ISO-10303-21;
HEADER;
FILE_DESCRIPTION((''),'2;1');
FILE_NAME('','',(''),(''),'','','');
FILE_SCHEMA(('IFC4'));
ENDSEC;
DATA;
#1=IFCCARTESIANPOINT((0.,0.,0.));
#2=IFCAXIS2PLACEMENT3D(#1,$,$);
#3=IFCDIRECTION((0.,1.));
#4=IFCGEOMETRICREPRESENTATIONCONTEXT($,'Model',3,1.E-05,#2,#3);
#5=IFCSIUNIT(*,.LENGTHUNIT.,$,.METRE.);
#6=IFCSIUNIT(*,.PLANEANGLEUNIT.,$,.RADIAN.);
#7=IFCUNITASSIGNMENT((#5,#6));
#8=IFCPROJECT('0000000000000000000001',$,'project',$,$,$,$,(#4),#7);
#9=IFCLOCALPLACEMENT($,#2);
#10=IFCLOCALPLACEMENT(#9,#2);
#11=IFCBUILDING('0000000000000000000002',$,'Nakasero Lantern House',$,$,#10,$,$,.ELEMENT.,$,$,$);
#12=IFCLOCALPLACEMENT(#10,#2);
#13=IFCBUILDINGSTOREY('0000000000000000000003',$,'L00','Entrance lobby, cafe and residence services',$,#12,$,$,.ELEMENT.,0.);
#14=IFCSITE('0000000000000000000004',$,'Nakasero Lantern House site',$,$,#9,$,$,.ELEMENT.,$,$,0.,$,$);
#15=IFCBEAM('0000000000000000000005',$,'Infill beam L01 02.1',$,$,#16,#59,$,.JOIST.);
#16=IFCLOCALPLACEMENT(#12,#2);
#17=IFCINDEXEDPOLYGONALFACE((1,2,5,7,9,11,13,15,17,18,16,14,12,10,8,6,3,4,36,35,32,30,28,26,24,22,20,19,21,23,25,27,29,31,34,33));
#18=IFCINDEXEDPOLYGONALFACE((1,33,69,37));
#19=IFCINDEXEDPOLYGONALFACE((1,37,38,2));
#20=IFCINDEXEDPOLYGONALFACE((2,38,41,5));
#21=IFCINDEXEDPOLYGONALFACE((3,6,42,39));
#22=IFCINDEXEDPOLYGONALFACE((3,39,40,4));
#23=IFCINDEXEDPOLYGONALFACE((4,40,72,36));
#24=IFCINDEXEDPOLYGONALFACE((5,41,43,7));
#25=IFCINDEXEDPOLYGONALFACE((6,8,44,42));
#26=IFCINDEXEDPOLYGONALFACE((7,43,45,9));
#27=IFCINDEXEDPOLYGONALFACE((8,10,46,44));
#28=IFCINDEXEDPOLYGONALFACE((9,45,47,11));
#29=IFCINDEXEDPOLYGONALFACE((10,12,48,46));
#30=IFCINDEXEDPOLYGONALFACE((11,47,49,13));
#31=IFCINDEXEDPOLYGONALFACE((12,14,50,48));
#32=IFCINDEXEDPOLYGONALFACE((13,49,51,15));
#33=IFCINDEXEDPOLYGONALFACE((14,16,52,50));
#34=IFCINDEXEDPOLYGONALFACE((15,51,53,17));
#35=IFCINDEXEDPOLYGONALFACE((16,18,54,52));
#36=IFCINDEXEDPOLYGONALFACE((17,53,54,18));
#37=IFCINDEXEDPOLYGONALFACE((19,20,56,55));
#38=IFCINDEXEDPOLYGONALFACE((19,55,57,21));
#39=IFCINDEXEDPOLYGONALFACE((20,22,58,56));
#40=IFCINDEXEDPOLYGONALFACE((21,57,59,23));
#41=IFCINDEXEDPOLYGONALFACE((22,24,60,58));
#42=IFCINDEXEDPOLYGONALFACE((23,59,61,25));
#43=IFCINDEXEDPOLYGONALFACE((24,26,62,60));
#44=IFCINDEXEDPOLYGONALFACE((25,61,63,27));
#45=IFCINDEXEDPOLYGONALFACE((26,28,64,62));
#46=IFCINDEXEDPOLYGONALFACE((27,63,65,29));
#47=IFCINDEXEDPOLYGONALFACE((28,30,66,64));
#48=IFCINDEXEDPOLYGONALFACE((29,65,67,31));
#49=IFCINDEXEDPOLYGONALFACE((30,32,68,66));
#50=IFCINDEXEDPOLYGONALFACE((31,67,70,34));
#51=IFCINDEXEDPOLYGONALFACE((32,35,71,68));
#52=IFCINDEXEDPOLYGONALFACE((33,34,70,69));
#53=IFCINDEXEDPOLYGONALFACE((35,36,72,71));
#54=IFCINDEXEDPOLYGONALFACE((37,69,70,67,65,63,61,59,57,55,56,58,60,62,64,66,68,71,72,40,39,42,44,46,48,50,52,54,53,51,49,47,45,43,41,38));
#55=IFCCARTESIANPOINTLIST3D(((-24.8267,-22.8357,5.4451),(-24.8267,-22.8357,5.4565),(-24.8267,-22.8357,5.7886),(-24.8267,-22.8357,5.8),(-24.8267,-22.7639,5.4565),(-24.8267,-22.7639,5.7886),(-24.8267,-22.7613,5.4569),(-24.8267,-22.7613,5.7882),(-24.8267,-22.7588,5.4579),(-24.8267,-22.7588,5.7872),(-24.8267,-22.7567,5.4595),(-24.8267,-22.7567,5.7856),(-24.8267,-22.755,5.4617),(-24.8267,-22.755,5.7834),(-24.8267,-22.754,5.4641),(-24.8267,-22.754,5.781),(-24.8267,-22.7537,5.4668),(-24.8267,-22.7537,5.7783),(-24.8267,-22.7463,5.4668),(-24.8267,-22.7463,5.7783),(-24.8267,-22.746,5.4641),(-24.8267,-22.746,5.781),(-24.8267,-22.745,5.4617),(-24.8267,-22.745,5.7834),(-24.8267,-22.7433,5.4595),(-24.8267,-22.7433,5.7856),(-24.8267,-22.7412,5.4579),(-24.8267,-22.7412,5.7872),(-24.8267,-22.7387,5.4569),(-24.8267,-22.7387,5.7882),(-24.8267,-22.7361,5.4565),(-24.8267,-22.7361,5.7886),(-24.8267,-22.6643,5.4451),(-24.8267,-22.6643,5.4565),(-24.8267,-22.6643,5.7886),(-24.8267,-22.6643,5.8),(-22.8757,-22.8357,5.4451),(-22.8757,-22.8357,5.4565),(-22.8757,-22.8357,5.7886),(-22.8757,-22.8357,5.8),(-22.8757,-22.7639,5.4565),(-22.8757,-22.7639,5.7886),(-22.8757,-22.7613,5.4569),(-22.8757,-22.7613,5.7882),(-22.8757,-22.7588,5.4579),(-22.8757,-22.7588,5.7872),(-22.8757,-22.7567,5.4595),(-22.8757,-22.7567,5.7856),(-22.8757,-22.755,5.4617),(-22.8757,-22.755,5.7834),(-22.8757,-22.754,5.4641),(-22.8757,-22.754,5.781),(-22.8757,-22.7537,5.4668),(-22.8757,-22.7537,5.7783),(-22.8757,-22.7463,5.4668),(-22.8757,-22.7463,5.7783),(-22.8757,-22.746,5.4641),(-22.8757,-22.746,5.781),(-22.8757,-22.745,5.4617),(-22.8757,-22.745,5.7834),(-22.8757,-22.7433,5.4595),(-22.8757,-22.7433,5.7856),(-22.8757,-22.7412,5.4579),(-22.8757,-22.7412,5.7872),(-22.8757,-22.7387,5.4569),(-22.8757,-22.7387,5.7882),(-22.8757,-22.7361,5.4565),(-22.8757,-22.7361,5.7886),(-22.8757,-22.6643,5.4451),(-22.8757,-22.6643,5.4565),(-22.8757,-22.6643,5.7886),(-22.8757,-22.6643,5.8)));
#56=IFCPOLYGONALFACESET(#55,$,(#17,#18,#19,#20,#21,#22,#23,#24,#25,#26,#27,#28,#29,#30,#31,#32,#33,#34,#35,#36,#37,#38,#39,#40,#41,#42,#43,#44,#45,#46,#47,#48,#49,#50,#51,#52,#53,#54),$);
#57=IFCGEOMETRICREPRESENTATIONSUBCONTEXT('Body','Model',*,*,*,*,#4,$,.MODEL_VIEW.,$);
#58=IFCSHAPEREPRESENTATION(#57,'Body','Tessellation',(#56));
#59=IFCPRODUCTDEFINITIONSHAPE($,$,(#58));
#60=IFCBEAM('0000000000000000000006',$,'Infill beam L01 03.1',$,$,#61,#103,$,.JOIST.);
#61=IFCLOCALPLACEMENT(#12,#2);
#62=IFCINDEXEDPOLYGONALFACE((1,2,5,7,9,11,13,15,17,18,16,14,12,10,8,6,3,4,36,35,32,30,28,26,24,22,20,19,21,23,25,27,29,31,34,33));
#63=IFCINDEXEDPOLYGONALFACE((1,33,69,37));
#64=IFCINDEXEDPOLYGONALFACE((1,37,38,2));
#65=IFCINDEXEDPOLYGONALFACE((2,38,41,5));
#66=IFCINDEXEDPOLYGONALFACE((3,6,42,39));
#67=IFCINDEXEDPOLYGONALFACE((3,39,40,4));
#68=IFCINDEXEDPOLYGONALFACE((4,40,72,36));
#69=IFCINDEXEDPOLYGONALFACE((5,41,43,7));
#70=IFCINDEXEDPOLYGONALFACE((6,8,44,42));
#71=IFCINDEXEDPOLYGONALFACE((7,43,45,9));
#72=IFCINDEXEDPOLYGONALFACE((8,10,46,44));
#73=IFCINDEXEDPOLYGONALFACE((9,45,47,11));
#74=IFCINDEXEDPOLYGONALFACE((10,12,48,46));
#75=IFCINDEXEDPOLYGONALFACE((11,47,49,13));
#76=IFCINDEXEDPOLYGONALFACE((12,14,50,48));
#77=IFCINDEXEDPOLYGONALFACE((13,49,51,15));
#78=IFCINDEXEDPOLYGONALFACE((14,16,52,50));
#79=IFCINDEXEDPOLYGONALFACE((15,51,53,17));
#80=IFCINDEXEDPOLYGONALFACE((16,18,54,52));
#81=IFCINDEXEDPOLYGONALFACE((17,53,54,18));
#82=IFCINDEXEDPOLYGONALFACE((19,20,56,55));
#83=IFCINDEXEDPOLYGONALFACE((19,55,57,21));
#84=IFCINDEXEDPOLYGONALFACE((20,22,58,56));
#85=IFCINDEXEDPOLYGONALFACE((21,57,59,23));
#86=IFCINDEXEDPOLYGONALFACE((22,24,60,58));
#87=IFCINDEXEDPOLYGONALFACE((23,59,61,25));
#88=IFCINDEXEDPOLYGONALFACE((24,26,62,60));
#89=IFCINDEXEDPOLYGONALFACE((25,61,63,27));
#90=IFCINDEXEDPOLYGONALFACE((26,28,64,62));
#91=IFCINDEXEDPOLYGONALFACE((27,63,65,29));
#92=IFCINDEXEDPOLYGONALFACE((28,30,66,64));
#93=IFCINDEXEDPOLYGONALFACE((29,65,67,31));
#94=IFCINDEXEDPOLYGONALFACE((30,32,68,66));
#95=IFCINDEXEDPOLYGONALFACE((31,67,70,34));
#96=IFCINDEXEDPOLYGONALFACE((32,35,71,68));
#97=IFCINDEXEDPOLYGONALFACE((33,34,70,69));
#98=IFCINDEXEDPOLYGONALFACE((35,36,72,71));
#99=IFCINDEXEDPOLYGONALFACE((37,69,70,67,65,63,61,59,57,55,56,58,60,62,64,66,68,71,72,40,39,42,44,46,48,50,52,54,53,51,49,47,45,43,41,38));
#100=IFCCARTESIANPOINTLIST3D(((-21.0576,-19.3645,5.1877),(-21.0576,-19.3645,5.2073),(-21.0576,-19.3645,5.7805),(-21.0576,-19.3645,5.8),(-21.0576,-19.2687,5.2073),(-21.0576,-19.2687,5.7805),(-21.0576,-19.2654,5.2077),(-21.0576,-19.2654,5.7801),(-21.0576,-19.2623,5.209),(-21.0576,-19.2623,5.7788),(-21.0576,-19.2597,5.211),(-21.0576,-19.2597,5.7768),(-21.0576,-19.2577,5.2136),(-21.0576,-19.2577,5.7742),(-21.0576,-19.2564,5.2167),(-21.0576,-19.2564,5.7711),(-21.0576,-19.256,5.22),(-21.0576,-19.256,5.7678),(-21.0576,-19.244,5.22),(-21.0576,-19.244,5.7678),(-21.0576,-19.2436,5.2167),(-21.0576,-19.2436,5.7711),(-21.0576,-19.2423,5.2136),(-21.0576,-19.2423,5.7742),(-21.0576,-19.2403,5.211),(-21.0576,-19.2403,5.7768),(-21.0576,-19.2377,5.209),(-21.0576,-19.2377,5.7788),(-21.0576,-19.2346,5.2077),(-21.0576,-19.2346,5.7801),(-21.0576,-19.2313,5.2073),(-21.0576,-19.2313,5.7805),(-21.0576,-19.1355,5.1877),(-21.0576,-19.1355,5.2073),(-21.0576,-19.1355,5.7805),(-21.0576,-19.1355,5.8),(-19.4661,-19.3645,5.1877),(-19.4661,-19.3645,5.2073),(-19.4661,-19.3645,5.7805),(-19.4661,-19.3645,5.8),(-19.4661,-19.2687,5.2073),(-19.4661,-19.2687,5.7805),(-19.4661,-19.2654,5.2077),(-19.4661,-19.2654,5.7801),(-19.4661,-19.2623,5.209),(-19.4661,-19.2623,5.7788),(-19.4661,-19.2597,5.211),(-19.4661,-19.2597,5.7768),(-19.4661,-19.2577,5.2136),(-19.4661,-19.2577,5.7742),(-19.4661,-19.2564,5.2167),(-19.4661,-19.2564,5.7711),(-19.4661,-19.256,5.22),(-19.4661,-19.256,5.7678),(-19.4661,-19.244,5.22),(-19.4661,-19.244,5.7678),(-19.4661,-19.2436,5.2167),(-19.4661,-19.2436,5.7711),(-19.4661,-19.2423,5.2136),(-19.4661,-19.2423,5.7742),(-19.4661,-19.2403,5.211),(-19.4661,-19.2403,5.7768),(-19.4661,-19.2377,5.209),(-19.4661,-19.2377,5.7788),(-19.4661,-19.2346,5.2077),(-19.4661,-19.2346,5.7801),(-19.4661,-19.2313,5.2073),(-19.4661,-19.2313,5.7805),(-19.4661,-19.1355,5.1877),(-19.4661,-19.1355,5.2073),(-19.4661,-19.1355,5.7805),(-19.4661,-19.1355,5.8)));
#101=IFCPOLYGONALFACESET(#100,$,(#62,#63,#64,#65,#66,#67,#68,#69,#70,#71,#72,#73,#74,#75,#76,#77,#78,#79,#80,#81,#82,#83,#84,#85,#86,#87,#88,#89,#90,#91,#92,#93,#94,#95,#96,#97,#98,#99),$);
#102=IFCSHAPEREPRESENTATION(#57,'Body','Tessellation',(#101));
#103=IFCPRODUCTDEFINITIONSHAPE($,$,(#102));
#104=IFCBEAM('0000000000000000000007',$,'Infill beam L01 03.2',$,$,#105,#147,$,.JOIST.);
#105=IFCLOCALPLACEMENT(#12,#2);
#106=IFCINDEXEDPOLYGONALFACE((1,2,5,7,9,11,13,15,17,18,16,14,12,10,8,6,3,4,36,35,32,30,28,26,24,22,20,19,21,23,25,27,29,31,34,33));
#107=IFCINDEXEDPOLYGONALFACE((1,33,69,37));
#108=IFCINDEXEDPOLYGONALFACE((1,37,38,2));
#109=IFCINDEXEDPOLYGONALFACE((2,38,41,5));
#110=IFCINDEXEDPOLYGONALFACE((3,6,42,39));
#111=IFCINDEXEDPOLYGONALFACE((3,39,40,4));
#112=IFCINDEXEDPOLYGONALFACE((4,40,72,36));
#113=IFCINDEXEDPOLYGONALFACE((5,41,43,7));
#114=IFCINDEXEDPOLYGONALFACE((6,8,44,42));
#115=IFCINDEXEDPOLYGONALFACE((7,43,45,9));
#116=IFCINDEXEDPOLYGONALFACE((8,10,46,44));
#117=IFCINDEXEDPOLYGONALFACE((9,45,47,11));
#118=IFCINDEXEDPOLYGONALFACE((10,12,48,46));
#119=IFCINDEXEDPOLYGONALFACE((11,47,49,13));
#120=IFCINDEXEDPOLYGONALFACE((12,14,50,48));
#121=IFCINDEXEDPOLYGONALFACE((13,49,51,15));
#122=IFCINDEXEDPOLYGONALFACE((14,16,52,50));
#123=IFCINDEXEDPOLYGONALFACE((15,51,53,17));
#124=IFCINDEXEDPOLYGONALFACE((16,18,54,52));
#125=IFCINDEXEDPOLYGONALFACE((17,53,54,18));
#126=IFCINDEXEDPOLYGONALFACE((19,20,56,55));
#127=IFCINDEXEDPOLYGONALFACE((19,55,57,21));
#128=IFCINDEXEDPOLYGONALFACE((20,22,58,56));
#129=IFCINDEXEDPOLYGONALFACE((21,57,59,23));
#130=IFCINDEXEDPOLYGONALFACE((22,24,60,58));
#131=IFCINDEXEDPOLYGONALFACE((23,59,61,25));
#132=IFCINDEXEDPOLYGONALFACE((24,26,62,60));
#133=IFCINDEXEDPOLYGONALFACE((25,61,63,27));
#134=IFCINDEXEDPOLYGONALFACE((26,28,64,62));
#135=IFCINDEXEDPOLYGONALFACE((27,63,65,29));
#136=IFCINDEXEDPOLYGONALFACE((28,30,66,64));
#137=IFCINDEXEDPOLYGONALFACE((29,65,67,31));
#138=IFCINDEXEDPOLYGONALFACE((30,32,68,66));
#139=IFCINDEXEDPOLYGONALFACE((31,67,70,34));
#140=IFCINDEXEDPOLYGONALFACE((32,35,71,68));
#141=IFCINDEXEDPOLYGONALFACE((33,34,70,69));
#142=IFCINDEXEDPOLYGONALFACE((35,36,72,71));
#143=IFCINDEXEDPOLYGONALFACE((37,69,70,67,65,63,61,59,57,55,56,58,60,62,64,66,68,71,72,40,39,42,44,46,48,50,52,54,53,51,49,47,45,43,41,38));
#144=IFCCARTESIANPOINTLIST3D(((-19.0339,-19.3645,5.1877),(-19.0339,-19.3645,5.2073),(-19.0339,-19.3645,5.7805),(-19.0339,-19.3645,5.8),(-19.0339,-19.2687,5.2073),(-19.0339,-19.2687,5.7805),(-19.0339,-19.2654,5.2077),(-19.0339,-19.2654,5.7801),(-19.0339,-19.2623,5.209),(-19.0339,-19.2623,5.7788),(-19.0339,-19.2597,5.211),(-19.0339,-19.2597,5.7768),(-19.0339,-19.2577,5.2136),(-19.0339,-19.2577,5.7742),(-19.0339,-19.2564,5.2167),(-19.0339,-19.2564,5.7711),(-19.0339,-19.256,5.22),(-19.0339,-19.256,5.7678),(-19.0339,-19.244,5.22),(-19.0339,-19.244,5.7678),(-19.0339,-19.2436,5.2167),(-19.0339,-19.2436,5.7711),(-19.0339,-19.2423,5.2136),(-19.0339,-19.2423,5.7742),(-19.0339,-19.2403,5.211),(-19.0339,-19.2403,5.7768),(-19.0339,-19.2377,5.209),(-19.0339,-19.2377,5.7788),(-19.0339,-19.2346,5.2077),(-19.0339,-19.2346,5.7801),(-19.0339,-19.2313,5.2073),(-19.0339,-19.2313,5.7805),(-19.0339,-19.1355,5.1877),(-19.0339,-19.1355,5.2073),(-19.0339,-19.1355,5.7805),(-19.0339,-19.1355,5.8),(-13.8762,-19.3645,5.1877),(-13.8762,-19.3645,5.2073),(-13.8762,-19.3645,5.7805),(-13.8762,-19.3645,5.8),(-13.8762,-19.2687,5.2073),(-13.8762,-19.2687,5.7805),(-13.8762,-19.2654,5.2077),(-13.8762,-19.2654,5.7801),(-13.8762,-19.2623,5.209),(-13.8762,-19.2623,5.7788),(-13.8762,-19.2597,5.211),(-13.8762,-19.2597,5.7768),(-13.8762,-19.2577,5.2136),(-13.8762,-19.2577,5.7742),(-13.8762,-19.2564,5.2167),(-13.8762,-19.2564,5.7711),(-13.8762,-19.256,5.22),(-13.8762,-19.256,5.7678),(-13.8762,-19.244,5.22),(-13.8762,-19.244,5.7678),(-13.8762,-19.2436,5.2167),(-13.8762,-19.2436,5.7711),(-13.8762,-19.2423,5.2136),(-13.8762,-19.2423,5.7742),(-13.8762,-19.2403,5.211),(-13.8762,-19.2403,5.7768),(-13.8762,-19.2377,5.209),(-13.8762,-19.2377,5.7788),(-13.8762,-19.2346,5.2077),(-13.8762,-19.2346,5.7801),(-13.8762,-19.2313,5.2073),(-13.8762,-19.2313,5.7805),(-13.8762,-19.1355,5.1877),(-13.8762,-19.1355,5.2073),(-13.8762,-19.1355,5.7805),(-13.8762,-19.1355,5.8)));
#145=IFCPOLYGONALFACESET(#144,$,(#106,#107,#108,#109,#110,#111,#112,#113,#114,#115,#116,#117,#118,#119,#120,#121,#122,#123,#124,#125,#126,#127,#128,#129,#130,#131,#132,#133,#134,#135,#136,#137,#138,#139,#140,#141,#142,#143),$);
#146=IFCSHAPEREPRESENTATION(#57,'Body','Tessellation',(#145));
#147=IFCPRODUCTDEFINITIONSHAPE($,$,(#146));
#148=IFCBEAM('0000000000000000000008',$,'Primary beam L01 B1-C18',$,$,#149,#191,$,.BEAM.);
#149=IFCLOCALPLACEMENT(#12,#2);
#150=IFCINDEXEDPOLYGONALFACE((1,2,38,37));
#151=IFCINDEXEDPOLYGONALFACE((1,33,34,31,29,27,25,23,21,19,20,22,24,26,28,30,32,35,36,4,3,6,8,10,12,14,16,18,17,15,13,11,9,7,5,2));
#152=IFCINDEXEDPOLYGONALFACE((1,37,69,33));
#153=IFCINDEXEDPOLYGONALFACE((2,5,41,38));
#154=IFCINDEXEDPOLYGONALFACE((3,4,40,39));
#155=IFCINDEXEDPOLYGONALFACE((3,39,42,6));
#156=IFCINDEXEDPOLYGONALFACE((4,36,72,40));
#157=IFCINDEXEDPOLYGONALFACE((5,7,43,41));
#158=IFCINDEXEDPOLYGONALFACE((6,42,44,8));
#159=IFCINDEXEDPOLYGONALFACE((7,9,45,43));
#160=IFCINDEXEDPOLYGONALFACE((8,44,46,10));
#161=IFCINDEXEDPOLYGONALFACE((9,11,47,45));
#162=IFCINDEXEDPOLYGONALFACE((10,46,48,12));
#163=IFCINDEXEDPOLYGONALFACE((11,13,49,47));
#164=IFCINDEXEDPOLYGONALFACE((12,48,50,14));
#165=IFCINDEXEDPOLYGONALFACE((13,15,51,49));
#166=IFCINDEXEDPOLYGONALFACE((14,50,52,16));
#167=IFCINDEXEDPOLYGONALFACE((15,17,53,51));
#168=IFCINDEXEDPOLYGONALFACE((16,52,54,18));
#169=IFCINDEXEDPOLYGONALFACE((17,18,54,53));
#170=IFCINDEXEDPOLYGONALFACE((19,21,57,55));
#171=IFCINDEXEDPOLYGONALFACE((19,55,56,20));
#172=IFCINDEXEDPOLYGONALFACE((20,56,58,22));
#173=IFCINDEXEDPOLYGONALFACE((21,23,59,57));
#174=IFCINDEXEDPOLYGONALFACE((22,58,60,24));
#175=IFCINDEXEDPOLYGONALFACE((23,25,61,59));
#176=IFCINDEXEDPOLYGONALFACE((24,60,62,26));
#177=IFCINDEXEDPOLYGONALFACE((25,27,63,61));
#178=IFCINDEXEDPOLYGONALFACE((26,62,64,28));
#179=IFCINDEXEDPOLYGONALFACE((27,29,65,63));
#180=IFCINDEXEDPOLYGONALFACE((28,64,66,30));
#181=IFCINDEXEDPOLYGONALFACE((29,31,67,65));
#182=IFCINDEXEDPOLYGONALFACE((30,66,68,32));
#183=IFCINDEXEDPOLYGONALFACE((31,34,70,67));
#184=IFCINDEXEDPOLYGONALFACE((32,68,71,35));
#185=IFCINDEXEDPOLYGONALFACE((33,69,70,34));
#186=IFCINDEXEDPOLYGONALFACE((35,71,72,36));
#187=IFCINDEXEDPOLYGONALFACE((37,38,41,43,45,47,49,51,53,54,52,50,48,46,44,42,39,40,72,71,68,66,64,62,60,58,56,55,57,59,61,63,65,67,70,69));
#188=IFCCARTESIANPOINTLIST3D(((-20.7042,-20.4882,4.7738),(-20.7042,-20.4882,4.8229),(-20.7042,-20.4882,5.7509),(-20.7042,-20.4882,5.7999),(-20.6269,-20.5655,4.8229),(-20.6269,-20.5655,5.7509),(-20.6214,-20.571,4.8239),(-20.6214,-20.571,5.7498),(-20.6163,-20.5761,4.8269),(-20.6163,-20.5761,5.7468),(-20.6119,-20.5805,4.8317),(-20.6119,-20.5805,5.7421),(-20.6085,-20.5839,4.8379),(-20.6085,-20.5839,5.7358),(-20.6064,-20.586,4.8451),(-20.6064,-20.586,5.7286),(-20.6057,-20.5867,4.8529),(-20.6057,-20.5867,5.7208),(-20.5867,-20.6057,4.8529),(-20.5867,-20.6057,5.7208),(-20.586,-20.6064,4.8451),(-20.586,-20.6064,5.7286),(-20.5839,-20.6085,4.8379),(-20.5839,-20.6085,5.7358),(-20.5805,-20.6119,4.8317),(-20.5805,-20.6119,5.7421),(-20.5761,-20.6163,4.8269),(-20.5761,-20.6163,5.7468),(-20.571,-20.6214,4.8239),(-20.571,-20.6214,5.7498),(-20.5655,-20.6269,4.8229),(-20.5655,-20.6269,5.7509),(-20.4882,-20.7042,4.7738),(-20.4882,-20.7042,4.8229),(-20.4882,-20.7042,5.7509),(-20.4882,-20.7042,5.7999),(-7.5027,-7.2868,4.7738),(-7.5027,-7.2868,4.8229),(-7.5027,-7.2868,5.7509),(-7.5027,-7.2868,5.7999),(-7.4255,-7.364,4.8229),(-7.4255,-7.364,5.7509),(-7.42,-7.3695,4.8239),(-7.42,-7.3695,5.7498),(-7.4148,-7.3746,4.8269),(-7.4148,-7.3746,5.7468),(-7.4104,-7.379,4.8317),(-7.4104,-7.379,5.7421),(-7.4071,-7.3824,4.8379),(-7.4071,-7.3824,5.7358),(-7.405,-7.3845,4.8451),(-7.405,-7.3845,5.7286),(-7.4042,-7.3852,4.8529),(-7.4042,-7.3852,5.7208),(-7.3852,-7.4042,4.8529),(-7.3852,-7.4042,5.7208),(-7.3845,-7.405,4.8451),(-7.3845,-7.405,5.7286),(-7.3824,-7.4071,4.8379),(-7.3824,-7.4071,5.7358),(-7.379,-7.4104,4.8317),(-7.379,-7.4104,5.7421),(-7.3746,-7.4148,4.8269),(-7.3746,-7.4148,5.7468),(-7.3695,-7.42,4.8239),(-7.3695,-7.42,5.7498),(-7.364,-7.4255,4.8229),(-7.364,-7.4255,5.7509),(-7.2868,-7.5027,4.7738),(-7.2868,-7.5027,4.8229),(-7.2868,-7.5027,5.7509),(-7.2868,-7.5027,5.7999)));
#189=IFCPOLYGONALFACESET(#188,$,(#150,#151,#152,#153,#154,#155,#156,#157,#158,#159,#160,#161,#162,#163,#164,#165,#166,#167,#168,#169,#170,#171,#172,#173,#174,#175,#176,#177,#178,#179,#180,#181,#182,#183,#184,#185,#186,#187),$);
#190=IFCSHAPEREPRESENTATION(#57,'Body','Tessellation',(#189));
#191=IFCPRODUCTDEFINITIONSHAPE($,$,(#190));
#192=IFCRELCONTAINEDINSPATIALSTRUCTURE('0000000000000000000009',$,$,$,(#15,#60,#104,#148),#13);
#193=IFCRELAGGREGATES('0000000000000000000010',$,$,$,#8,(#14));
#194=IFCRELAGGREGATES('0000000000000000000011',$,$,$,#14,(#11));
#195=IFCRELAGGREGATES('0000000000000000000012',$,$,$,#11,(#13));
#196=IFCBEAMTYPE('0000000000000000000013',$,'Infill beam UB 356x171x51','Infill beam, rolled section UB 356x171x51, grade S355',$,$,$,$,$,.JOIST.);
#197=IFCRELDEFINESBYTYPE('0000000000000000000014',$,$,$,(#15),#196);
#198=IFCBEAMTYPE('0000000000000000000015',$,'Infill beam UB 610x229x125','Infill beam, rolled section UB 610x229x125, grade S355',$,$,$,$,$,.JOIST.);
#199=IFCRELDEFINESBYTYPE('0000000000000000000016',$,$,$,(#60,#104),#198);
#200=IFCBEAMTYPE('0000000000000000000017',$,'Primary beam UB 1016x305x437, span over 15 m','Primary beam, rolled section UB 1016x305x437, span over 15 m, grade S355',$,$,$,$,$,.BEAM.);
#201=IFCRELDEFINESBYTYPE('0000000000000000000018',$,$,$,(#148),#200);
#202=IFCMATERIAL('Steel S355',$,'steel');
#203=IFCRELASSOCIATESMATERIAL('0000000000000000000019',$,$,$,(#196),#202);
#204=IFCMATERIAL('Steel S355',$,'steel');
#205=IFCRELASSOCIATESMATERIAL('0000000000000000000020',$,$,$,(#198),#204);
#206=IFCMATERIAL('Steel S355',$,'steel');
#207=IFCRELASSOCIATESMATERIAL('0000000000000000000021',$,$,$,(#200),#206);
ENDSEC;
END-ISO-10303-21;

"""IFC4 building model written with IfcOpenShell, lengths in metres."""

from ifc_helpers import new_model, si_unit, direction, frame, origin, origin_2d, place, context, subcontext, project, spatial, i_section, extrude, material, material_profile, profile_set, type_object, element, save


model = new_model("IFC4")

# Units and contexts
model_context = context("Model", 3, precision=1e-05, world=origin(), true_north=direction((0.0, 1.0)))
body_context = subcontext(model_context, "Body", "Model", "MODEL_VIEW")
ifc_project = project(units=[si_unit("LENGTHUNIT", "METRE"), si_unit("PLANEANGLEUNIT", "RADIAN")], contexts=[model_context])

# Site, building, storey
site_placement = place(None, origin())
site = spatial("IfcSite", under=ifc_project, at=site_placement, Name="Nakasero Lantern House site", CompositionType="ELEMENT", RefElevation=0.0)
building_placement = place(site_placement, origin())
building = spatial("IfcBuilding", under=site, at=building_placement, Name="Nakasero Lantern House", CompositionType="ELEMENT")
storey_placement = place(building_placement, origin())
storey = spatial("IfcBuildingStorey", under=building, at=storey_placement, Name="L00", Description="Entrance lobby, cafe and residence services", CompositionType="ELEMENT", Elevation=0.0)

# Beams
ifc_material_1 = material(Name="Steel S355", Category="steel")
ifc_material_profile_1 = material_profile(ifc_material_1, i_section(OverallWidth=0.1714, OverallDepth=0.355, WebThickness=0.0073, FlangeThickness=0.0115, FilletRadius=0.0103, at=origin_2d()), Name="UB 356x171x51")
ifc_profile_set_1 = profile_set([ifc_material_profile_1], Name="Steel S355")
beam_type_1 = type_object("IfcBeamType", Name="Infill beam UB 356x171x51", Description="Infill beam, rolled section UB 356x171x51, grade S355", PredefinedType="JOIST", material=ifc_profile_set_1)
beam_1_placement = place(storey_placement, frame((-24.8267, -22.75, 5.6226), z_axis=(1.0, 0.0, 0.0), x_axis=(0.0, 1.0, 0.0)))
element("IfcBeam", 1, at=beam_1_placement, inside=storey, type_object=beam_type_1, Name="Infill beam L01 02.1", PredefinedType="JOIST", context=body_context, shape_type="SweptSolid", body=[
    extrude(i_section(OverallWidth=0.1714, OverallDepth=0.355, WebThickness=0.0073, FlangeThickness=0.0115, FilletRadius=0.0103, at=origin_2d()), origin(), (0.0, 0.0, 1.0), 1.9509),
])
ifc_material_2 = material(Name="Steel S355", Category="steel")
ifc_material_profile_2 = material_profile(ifc_material_2, i_section(OverallWidth=0.229, OverallDepth=0.6123, WebThickness=0.012, FlangeThickness=0.0195, FilletRadius=0.0127, at=origin_2d()), Name="UB 610x229x125")
ifc_profile_set_2 = profile_set([ifc_material_profile_2], Name="Steel S355")
beam_type_2 = type_object("IfcBeamType", Name="Infill beam UB 610x229x125", Description="Infill beam, rolled section UB 610x229x125, grade S355", PredefinedType="JOIST", material=ifc_profile_set_2)
beam_2_placement = place(storey_placement, frame((-21.0576, -19.25, 5.4939), z_axis=(1.0, 0.0, 0.0), x_axis=(0.0, 1.0, 0.0)))
element("IfcBeam", 2, at=beam_2_placement, inside=storey, type_object=beam_type_2, Name="Infill beam L01 03.1", PredefinedType="JOIST", context=body_context, shape_type="SweptSolid", body=[
    extrude(i_section(OverallWidth=0.229, OverallDepth=0.6123, WebThickness=0.012, FlangeThickness=0.0195, FilletRadius=0.0127, at=origin_2d()), origin(), (0.0, 0.0, 1.0), 1.5916),
])
beam_3_placement = place(storey_placement, frame((-19.0339, -19.25, 5.4939), z_axis=(1.0, 0.0, 0.0), x_axis=(0.0, 1.0, 0.0)))
element("IfcBeam", 3, at=beam_3_placement, inside=storey, type_object=beam_type_2, Name="Infill beam L01 03.2", PredefinedType="JOIST", context=body_context, shape_type="SweptSolid", body=[
    extrude(i_section(OverallWidth=0.229, OverallDepth=0.6123, WebThickness=0.012, FlangeThickness=0.0195, FilletRadius=0.0127, at=origin_2d()), origin(), (0.0, 0.0, 1.0), 5.1577),
])
ifc_material_3 = material(Name="Steel S355", Category="steel")
ifc_material_profile_3 = material_profile(ifc_material_3, i_section(OverallWidth=0.3054, OverallDepth=1.0261, WebThickness=0.0269, FlangeThickness=0.0491, FilletRadius=0.03, at=origin_2d()), Name="UB 1016x305x437")
ifc_profile_set_3 = profile_set([ifc_material_profile_3], Name="Steel S355")
beam_type_3 = type_object("IfcBeamType", Name="Primary beam UB 1016x305x437, span over 15 m", Description="Primary beam, rolled section UB 1016x305x437, span over 15 m, grade S355", PredefinedType="BEAM", material=ifc_profile_set_3)
beam_4_placement = place(storey_placement, frame((-20.5962, -20.5962, 5.2869), z_axis=(0.707107, 0.707107, 0.0), x_axis=(-0.707107, 0.707107, 0.0)))
element("IfcBeam", 4, at=beam_4_placement, inside=storey, type_object=beam_type_3, Name="Primary beam L01 B1-C18", PredefinedType="BEAM", context=body_context, shape_type="SweptSolid", body=[
    extrude(i_section(OverallWidth=0.3054, OverallDepth=1.0261, WebThickness=0.0269, FlangeThickness=0.0491, FilletRadius=0.03, at=origin_2d()), origin(), (0.0, 0.0, 1.0), 18.6697),
])

save(model, "model.ifc")
